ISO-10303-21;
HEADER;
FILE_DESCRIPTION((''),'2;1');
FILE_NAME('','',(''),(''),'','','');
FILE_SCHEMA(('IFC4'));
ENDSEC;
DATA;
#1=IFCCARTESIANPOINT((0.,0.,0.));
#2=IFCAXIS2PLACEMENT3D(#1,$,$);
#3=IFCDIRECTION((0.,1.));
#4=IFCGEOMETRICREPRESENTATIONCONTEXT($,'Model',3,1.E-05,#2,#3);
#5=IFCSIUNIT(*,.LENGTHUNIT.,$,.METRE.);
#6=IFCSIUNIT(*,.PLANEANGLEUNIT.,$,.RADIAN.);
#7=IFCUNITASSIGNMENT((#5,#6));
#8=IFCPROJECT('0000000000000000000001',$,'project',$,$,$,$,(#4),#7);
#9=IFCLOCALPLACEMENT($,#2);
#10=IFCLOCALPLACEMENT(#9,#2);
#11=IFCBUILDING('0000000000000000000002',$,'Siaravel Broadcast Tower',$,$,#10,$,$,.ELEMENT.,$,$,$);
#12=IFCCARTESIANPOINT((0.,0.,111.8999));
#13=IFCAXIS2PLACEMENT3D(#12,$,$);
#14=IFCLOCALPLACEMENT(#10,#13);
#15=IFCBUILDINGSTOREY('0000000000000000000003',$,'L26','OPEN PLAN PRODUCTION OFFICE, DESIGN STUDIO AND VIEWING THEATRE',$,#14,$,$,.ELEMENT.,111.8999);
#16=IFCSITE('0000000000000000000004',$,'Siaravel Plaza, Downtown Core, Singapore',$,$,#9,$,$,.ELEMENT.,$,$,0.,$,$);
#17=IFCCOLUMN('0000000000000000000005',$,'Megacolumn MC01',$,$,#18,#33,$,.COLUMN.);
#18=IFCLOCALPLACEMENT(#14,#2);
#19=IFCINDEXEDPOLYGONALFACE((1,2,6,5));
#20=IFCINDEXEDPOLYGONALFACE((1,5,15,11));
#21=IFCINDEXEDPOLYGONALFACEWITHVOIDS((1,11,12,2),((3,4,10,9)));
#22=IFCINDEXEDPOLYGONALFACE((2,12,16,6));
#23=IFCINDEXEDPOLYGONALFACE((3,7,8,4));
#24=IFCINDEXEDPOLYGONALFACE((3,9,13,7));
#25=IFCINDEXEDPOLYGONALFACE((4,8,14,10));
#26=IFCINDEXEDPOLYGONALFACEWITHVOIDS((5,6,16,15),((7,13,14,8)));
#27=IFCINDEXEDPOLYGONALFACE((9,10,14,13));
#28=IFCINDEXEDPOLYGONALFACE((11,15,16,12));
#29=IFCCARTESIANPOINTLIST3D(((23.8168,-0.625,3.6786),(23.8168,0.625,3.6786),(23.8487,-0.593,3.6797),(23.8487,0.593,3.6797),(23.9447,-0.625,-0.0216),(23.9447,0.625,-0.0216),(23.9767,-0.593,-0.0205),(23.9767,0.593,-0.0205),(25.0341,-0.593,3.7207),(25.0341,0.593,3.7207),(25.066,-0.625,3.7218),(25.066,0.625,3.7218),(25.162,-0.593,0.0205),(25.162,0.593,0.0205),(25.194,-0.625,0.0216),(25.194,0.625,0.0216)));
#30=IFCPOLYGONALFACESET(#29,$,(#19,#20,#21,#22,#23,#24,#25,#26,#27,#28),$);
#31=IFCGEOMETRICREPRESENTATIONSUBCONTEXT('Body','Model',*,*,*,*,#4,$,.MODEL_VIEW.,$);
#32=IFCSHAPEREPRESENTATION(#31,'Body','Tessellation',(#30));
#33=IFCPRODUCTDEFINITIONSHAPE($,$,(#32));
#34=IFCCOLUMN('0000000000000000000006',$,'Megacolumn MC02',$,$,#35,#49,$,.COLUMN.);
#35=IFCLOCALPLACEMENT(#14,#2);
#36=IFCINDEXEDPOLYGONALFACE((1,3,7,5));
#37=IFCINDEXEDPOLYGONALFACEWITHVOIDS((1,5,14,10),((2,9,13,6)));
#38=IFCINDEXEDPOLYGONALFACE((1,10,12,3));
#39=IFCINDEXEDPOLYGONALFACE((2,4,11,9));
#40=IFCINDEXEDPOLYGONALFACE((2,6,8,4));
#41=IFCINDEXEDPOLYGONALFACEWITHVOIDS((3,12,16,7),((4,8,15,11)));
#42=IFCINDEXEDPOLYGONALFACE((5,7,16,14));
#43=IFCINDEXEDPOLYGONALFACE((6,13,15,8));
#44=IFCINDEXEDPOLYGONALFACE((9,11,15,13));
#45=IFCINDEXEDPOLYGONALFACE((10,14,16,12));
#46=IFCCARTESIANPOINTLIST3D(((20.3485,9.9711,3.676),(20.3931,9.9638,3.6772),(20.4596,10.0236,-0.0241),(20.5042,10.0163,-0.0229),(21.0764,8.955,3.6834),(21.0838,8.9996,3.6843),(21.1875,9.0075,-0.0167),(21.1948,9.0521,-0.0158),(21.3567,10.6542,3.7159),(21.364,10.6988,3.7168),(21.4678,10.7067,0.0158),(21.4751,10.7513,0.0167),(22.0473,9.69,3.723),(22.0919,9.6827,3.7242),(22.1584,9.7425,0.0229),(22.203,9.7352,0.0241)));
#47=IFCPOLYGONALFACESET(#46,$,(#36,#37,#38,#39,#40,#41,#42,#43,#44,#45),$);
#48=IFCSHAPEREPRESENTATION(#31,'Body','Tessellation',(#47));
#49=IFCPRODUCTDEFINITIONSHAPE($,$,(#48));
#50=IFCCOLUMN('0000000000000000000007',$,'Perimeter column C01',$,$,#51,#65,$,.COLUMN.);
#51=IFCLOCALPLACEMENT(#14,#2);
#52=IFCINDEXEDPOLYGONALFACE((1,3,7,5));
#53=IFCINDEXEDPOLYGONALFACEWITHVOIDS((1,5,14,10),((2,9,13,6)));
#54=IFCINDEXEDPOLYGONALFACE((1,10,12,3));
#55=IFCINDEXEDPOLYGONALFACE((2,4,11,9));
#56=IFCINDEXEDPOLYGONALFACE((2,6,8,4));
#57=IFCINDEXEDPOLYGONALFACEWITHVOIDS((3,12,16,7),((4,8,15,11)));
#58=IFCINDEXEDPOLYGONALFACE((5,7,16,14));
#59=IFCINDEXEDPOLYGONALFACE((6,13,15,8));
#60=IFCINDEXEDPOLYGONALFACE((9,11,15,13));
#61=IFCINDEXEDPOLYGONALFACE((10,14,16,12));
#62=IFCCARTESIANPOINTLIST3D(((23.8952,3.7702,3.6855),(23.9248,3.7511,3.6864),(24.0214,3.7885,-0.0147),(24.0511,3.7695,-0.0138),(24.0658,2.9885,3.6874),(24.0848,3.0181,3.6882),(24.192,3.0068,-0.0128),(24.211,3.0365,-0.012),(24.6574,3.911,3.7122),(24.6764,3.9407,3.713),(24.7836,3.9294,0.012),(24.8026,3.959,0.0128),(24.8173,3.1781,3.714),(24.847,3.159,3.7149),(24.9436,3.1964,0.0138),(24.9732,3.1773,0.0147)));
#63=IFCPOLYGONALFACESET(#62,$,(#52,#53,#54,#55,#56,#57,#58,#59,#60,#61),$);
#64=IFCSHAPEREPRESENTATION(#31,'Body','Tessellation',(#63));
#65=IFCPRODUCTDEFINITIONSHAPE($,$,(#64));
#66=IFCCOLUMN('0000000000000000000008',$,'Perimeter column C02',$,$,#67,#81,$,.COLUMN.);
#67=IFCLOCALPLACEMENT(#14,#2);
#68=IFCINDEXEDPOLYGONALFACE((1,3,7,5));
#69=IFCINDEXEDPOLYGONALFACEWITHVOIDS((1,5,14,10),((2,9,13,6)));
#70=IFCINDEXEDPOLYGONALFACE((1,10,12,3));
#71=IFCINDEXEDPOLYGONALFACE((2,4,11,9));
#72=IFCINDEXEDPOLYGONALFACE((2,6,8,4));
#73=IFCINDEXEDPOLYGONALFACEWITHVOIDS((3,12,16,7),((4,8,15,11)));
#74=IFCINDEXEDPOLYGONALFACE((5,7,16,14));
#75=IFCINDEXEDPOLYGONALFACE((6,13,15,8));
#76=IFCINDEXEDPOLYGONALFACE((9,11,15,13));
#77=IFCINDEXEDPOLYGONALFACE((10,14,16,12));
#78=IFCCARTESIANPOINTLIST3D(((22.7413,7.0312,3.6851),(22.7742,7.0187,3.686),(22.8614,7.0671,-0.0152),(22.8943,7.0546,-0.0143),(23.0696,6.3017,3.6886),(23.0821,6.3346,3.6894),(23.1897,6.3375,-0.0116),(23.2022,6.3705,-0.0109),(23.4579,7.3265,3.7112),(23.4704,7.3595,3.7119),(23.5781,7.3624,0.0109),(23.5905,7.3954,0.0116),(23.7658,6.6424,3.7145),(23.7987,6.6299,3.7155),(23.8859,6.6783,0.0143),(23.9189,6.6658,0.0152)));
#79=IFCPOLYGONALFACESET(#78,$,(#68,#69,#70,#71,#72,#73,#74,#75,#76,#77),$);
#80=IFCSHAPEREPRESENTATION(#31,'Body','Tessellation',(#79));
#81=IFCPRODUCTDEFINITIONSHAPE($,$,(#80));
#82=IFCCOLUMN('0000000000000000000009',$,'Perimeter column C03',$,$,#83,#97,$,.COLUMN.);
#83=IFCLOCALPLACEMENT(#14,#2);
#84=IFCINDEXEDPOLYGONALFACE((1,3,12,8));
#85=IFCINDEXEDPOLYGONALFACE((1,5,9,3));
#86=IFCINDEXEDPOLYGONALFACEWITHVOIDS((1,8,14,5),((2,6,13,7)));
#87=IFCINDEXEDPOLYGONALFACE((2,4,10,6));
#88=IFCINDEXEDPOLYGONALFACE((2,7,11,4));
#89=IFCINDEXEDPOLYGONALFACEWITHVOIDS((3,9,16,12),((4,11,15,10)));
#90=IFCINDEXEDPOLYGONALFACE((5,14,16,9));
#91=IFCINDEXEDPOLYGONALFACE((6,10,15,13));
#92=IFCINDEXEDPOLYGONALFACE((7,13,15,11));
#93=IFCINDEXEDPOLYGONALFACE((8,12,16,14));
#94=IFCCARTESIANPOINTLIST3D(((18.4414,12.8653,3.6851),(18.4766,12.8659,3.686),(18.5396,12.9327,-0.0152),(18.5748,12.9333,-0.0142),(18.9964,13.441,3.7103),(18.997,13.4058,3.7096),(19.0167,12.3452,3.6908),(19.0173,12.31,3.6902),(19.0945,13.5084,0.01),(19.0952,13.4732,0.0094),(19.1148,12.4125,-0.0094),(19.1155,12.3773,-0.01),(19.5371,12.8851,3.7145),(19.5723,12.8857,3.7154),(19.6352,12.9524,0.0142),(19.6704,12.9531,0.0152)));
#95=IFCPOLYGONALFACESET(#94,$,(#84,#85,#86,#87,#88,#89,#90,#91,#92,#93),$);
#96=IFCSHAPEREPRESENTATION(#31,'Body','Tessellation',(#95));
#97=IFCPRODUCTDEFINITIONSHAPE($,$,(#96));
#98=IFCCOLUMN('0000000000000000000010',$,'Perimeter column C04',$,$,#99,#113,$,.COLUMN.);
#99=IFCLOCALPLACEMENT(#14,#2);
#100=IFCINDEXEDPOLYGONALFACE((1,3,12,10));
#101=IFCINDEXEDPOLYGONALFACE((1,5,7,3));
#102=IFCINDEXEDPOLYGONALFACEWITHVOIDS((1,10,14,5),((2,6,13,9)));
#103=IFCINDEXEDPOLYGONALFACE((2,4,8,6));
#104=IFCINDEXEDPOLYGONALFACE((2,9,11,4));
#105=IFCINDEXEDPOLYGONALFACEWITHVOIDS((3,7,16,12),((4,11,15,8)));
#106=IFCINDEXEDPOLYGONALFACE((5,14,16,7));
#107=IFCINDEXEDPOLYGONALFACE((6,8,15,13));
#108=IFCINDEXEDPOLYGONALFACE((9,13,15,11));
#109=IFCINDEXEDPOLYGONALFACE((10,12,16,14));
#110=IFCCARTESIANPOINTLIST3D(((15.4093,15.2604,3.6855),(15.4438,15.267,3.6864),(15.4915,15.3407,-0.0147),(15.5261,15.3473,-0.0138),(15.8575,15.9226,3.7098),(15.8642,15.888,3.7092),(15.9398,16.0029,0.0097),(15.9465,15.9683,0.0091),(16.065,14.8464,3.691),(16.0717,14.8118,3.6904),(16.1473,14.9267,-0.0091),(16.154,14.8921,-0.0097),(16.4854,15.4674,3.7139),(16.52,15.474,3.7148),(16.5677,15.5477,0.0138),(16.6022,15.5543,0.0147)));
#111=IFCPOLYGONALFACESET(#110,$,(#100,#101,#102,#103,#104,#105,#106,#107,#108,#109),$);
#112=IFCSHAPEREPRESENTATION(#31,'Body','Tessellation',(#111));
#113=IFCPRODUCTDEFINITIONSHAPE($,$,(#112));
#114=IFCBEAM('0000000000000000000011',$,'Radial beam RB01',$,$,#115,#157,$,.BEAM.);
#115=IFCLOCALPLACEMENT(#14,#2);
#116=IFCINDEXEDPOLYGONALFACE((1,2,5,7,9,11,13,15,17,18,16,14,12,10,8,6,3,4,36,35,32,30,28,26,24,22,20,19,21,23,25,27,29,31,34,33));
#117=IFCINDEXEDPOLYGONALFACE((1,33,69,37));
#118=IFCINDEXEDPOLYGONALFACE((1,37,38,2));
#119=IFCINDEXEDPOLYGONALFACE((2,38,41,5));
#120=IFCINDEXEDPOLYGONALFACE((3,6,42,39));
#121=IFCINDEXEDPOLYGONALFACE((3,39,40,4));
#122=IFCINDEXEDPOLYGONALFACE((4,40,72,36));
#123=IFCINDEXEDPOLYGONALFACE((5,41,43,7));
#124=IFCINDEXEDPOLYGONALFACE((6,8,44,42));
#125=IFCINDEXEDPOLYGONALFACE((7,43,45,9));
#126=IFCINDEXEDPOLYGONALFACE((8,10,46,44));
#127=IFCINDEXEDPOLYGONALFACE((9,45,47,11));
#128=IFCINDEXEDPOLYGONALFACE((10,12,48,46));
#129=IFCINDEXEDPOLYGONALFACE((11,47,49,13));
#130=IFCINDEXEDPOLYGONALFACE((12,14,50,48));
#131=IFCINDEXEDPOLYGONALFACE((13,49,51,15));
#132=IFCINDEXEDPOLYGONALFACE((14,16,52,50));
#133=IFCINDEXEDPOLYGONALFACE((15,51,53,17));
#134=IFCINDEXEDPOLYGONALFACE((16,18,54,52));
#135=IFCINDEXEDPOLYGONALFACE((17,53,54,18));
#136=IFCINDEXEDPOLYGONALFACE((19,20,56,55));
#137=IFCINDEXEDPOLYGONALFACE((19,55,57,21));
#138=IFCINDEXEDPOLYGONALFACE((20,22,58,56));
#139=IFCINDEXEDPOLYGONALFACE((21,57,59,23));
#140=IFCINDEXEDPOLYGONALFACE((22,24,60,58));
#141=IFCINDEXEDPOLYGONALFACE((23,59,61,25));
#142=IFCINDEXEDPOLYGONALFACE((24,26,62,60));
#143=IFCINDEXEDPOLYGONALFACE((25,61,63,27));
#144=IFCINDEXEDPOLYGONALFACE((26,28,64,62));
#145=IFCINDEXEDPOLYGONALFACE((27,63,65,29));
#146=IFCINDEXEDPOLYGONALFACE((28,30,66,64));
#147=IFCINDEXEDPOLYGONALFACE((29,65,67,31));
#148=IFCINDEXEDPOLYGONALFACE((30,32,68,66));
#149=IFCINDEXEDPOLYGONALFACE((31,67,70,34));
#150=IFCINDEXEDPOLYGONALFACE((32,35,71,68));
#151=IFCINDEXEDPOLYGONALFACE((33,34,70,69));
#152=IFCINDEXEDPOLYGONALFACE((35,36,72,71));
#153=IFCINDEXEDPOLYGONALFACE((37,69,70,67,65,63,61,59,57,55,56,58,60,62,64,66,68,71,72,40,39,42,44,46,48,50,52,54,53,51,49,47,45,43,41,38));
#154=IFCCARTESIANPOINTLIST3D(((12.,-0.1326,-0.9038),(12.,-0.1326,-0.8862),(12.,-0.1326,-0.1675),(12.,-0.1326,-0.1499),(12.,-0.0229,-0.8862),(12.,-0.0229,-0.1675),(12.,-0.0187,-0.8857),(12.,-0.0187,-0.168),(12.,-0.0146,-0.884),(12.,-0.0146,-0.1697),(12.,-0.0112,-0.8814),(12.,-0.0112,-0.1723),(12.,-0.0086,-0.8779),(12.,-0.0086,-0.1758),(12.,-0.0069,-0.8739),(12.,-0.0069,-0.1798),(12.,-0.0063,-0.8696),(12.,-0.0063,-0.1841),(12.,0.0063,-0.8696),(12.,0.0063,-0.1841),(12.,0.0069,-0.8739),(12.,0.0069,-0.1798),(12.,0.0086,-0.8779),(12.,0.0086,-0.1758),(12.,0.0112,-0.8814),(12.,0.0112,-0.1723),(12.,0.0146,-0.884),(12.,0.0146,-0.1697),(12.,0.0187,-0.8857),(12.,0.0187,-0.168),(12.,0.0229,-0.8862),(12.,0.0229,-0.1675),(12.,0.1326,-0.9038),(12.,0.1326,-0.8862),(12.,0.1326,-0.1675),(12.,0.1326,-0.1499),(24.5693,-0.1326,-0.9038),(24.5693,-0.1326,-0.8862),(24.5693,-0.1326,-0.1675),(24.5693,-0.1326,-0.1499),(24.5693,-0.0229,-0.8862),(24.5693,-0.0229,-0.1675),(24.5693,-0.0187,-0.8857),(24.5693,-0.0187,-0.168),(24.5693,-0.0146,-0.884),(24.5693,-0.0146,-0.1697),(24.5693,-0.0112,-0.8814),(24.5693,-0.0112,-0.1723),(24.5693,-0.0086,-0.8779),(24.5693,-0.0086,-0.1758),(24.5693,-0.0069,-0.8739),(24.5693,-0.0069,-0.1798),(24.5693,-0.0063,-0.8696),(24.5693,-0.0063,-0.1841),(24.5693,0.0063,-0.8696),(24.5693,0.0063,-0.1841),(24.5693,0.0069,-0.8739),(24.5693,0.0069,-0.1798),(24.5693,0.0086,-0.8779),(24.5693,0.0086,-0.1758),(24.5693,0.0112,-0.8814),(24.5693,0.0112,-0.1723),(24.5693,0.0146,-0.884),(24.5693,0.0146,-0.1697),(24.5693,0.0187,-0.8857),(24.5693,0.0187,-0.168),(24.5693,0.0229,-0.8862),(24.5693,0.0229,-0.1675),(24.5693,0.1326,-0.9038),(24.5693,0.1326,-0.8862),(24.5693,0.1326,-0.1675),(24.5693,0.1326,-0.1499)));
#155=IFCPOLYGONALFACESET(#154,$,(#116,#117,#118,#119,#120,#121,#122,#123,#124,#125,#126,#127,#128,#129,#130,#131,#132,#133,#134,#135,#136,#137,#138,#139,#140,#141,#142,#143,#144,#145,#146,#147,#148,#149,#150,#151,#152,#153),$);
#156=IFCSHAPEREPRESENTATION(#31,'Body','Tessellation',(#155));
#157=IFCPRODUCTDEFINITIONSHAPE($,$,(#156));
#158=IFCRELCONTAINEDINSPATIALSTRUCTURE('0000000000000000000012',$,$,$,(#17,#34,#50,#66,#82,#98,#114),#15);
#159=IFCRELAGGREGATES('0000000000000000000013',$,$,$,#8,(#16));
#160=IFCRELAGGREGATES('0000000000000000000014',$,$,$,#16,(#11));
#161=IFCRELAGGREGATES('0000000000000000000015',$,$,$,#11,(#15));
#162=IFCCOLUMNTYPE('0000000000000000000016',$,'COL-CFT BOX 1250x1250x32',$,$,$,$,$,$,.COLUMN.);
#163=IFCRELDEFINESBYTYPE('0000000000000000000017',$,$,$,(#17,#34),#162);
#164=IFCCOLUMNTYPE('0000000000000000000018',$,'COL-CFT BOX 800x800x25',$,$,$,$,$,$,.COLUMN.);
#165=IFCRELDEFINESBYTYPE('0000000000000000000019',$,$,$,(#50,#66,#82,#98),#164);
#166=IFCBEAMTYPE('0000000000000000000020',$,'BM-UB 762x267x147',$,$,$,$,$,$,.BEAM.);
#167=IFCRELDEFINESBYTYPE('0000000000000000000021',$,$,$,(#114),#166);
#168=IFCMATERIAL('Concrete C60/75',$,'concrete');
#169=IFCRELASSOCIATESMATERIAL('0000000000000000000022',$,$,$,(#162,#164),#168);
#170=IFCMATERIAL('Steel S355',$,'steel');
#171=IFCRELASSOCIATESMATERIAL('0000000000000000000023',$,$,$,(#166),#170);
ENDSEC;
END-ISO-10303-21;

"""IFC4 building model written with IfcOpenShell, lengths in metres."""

from ifc_helpers import new_model, si_unit, direction, frame, origin, origin_2d, place, context, subcontext, project, spatial, hollow_rectangle, i_section, extrude, material, material_profile, profile_set, type_object, element, save


model = new_model("IFC4")

# Units and contexts
model_context = context("Model", 3, precision=1e-05, world=origin(), true_north=direction((0.0, 1.0)))
body_context = subcontext(model_context, "Body", "Model", "MODEL_VIEW")
ifc_project = project(units=[si_unit("LENGTHUNIT", "METRE"), si_unit("PLANEANGLEUNIT", "RADIAN")], contexts=[model_context])

# Site, building, storey
site_placement = place(None, origin())
site = spatial("IfcSite", under=ifc_project, at=site_placement, Name="Siaravel Plaza, Downtown Core, Singapore", CompositionType="ELEMENT", RefElevation=0.0)
building_placement = place(site_placement, origin())
building = spatial("IfcBuilding", under=site, at=building_placement, Name="Siaravel Broadcast Tower", CompositionType="ELEMENT")
storey_placement = place(building_placement, frame((0.0, 0.0, 111.8999)))
storey = spatial("IfcBuildingStorey", under=building, at=storey_placement, Name="L26", Description="OPEN PLAN PRODUCTION OFFICE, DESIGN STUDIO AND VIEWING THEATRE", CompositionType="ELEMENT", Elevation=111.8999)

# Columns
ifc_material_1 = material(Name="Concrete C60/75", Category="concrete")
ifc_material_profile_1 = material_profile(ifc_material_1, hollow_rectangle(XDim=1.25, YDim=1.25, WallThickness=0.032, at=origin_2d()))
ifc_profile_set_1 = profile_set([ifc_material_profile_1], Name="Concrete C60/75")
column_type_1 = type_object("IfcColumnType", Name="COL-CFT BOX 1250x1250x32", PredefinedType="COLUMN", material=ifc_profile_set_1)
column_1_placement = place(storey_placement, frame((24.5693, 0.0, 0.0), z_axis=(-0.034553, 0.0, 0.999403), x_axis=(0.0, -1.0, 0.0)))
element("IfcColumn", 1, at=column_1_placement, inside=storey, type_object=column_type_1, Name="Megacolumn MC01", PredefinedType="COLUMN", context=body_context, shape_type="SweptSolid", body=[
    extrude(hollow_rectangle(XDim=1.25, YDim=1.25, WallThickness=0.032, at=origin_2d()), origin(), (0.0, 0.0, 1.0), 3.7024),
])
column_2_placement = place(storey_placement, frame((21.3313, 9.8794, 0.0), z_axis=(-0.030005, -0.014178, 0.999449), x_axis=(0.582304, -0.81295, 0.005949)))
element("IfcColumn", 2, at=column_2_placement, inside=storey, type_object=column_type_1, Name="Megacolumn MC02", PredefinedType="COLUMN", context=body_context, shape_type="SweptSolid", body=[
    extrude(hollow_rectangle(XDim=1.25, YDim=1.25, WallThickness=0.032, at=origin_2d()), origin(), (0.0, 0.0, 1.0), 3.7021),
])
ifc_material_profile_2 = material_profile(ifc_material_1, hollow_rectangle(XDim=0.8, YDim=0.8, WallThickness=0.0249, at=origin_2d()))
ifc_profile_set_2 = profile_set([ifc_material_profile_2], Name="Concrete C60/75")
column_type_2 = type_object("IfcColumnType", Name="COL-CFT BOX 800x800x25", PredefinedType="COLUMN", material=ifc_profile_set_2)
for number, where, z_axis, x_axis, name in (
    (3, (24.4973, 3.4829, 0.0), (-0.034092, -0.004946, 0.999406), (0.21318, -0.97701, 0.002437), "Perimeter column C01"),
    (4, (23.3901, 6.8665, 0.0), (-0.032444, -0.009694, 0.999427), (0.410378, -0.911905, 0.004477), "Perimeter column C02"),
):
    element("IfcColumn", number, at=place(storey_placement, frame(where, z_axis=z_axis, x_axis=x_axis)), inside=storey, type_object=column_type_2, Name=name, PredefinedType="COLUMN", context=body_context, shape_type="SweptSolid", body=[
        extrude(hollow_rectangle(XDim=0.8, YDim=0.8, WallThickness=0.0249, at=origin_2d()), origin(), (0.0, 0.0, 1.0), 3.7024),
    ])
column_3_placement = place(storey_placement, frame((19.105, 12.9429, 0.0), z_axis=(-0.02651, -0.018201, 0.999483), x_axis=(0.719826, -0.694124, 0.006452)))
element("IfcColumn", 5, at=column_3_placement, inside=storey, type_object=column_type_2, Name="Perimeter column C03", PredefinedType="COLUMN", context=body_context, shape_type="SweptSolid", body=[
    extrude(hollow_rectangle(XDim=0.8, YDim=0.8, WallThickness=0.0249, at=origin_2d()), origin(), (0.0, 0.0, 1.0), 3.7021),
])
column_4_placement = place(storey_placement, frame((16.0469, 15.4475, 0.0), z_axis=(-0.022225, -0.021697, 0.999518), x_axis=(0.827999, -0.560695, 0.00624)))
element("IfcColumn", 6, at=column_4_placement, inside=storey, type_object=column_type_2, Name="Perimeter column C04", PredefinedType="COLUMN", context=body_context, shape_type="SweptSolid", body=[
    extrude(hollow_rectangle(XDim=0.8, YDim=0.8, WallThickness=0.0249, at=origin_2d()), origin(), (0.0, 0.0, 1.0), 3.7019),
])

# Beam
ifc_material_2 = material(Name="Steel S355", Category="steel")
ifc_material_profile_3 = material_profile(ifc_material_2, i_section(OverallWidth=0.2651, OverallDepth=0.7539, WebThickness=0.0127, FlangeThickness=0.0176, FilletRadius=0.0166, at=origin_2d()))
ifc_profile_set_3 = profile_set([ifc_material_profile_3], Name="Steel S355")
beam_type = type_object("IfcBeamType", Name="BM-UB 762x267x147", PredefinedType="BEAM", material=ifc_profile_set_3)
beam_1_placement = place(storey_placement, frame((24.5693, 0.0, -0.5269), z_axis=(-1.0, 0.0, 0.0), x_axis=(0.0, -1.0, 0.0)))
element("IfcBeam", 7, at=beam_1_placement, inside=storey, type_object=beam_type, Name="Radial beam RB01", PredefinedType="BEAM", context=body_context, shape_type="SweptSolid", body=[
    extrude(i_section(OverallWidth=0.2651, OverallDepth=0.7539, WebThickness=0.0127, FlangeThickness=0.0176, FilletRadius=0.0166, at=origin_2d()), origin(), (0.0, 0.0, 1.0), 12.5693),
])

save(model, "model.ifc")
